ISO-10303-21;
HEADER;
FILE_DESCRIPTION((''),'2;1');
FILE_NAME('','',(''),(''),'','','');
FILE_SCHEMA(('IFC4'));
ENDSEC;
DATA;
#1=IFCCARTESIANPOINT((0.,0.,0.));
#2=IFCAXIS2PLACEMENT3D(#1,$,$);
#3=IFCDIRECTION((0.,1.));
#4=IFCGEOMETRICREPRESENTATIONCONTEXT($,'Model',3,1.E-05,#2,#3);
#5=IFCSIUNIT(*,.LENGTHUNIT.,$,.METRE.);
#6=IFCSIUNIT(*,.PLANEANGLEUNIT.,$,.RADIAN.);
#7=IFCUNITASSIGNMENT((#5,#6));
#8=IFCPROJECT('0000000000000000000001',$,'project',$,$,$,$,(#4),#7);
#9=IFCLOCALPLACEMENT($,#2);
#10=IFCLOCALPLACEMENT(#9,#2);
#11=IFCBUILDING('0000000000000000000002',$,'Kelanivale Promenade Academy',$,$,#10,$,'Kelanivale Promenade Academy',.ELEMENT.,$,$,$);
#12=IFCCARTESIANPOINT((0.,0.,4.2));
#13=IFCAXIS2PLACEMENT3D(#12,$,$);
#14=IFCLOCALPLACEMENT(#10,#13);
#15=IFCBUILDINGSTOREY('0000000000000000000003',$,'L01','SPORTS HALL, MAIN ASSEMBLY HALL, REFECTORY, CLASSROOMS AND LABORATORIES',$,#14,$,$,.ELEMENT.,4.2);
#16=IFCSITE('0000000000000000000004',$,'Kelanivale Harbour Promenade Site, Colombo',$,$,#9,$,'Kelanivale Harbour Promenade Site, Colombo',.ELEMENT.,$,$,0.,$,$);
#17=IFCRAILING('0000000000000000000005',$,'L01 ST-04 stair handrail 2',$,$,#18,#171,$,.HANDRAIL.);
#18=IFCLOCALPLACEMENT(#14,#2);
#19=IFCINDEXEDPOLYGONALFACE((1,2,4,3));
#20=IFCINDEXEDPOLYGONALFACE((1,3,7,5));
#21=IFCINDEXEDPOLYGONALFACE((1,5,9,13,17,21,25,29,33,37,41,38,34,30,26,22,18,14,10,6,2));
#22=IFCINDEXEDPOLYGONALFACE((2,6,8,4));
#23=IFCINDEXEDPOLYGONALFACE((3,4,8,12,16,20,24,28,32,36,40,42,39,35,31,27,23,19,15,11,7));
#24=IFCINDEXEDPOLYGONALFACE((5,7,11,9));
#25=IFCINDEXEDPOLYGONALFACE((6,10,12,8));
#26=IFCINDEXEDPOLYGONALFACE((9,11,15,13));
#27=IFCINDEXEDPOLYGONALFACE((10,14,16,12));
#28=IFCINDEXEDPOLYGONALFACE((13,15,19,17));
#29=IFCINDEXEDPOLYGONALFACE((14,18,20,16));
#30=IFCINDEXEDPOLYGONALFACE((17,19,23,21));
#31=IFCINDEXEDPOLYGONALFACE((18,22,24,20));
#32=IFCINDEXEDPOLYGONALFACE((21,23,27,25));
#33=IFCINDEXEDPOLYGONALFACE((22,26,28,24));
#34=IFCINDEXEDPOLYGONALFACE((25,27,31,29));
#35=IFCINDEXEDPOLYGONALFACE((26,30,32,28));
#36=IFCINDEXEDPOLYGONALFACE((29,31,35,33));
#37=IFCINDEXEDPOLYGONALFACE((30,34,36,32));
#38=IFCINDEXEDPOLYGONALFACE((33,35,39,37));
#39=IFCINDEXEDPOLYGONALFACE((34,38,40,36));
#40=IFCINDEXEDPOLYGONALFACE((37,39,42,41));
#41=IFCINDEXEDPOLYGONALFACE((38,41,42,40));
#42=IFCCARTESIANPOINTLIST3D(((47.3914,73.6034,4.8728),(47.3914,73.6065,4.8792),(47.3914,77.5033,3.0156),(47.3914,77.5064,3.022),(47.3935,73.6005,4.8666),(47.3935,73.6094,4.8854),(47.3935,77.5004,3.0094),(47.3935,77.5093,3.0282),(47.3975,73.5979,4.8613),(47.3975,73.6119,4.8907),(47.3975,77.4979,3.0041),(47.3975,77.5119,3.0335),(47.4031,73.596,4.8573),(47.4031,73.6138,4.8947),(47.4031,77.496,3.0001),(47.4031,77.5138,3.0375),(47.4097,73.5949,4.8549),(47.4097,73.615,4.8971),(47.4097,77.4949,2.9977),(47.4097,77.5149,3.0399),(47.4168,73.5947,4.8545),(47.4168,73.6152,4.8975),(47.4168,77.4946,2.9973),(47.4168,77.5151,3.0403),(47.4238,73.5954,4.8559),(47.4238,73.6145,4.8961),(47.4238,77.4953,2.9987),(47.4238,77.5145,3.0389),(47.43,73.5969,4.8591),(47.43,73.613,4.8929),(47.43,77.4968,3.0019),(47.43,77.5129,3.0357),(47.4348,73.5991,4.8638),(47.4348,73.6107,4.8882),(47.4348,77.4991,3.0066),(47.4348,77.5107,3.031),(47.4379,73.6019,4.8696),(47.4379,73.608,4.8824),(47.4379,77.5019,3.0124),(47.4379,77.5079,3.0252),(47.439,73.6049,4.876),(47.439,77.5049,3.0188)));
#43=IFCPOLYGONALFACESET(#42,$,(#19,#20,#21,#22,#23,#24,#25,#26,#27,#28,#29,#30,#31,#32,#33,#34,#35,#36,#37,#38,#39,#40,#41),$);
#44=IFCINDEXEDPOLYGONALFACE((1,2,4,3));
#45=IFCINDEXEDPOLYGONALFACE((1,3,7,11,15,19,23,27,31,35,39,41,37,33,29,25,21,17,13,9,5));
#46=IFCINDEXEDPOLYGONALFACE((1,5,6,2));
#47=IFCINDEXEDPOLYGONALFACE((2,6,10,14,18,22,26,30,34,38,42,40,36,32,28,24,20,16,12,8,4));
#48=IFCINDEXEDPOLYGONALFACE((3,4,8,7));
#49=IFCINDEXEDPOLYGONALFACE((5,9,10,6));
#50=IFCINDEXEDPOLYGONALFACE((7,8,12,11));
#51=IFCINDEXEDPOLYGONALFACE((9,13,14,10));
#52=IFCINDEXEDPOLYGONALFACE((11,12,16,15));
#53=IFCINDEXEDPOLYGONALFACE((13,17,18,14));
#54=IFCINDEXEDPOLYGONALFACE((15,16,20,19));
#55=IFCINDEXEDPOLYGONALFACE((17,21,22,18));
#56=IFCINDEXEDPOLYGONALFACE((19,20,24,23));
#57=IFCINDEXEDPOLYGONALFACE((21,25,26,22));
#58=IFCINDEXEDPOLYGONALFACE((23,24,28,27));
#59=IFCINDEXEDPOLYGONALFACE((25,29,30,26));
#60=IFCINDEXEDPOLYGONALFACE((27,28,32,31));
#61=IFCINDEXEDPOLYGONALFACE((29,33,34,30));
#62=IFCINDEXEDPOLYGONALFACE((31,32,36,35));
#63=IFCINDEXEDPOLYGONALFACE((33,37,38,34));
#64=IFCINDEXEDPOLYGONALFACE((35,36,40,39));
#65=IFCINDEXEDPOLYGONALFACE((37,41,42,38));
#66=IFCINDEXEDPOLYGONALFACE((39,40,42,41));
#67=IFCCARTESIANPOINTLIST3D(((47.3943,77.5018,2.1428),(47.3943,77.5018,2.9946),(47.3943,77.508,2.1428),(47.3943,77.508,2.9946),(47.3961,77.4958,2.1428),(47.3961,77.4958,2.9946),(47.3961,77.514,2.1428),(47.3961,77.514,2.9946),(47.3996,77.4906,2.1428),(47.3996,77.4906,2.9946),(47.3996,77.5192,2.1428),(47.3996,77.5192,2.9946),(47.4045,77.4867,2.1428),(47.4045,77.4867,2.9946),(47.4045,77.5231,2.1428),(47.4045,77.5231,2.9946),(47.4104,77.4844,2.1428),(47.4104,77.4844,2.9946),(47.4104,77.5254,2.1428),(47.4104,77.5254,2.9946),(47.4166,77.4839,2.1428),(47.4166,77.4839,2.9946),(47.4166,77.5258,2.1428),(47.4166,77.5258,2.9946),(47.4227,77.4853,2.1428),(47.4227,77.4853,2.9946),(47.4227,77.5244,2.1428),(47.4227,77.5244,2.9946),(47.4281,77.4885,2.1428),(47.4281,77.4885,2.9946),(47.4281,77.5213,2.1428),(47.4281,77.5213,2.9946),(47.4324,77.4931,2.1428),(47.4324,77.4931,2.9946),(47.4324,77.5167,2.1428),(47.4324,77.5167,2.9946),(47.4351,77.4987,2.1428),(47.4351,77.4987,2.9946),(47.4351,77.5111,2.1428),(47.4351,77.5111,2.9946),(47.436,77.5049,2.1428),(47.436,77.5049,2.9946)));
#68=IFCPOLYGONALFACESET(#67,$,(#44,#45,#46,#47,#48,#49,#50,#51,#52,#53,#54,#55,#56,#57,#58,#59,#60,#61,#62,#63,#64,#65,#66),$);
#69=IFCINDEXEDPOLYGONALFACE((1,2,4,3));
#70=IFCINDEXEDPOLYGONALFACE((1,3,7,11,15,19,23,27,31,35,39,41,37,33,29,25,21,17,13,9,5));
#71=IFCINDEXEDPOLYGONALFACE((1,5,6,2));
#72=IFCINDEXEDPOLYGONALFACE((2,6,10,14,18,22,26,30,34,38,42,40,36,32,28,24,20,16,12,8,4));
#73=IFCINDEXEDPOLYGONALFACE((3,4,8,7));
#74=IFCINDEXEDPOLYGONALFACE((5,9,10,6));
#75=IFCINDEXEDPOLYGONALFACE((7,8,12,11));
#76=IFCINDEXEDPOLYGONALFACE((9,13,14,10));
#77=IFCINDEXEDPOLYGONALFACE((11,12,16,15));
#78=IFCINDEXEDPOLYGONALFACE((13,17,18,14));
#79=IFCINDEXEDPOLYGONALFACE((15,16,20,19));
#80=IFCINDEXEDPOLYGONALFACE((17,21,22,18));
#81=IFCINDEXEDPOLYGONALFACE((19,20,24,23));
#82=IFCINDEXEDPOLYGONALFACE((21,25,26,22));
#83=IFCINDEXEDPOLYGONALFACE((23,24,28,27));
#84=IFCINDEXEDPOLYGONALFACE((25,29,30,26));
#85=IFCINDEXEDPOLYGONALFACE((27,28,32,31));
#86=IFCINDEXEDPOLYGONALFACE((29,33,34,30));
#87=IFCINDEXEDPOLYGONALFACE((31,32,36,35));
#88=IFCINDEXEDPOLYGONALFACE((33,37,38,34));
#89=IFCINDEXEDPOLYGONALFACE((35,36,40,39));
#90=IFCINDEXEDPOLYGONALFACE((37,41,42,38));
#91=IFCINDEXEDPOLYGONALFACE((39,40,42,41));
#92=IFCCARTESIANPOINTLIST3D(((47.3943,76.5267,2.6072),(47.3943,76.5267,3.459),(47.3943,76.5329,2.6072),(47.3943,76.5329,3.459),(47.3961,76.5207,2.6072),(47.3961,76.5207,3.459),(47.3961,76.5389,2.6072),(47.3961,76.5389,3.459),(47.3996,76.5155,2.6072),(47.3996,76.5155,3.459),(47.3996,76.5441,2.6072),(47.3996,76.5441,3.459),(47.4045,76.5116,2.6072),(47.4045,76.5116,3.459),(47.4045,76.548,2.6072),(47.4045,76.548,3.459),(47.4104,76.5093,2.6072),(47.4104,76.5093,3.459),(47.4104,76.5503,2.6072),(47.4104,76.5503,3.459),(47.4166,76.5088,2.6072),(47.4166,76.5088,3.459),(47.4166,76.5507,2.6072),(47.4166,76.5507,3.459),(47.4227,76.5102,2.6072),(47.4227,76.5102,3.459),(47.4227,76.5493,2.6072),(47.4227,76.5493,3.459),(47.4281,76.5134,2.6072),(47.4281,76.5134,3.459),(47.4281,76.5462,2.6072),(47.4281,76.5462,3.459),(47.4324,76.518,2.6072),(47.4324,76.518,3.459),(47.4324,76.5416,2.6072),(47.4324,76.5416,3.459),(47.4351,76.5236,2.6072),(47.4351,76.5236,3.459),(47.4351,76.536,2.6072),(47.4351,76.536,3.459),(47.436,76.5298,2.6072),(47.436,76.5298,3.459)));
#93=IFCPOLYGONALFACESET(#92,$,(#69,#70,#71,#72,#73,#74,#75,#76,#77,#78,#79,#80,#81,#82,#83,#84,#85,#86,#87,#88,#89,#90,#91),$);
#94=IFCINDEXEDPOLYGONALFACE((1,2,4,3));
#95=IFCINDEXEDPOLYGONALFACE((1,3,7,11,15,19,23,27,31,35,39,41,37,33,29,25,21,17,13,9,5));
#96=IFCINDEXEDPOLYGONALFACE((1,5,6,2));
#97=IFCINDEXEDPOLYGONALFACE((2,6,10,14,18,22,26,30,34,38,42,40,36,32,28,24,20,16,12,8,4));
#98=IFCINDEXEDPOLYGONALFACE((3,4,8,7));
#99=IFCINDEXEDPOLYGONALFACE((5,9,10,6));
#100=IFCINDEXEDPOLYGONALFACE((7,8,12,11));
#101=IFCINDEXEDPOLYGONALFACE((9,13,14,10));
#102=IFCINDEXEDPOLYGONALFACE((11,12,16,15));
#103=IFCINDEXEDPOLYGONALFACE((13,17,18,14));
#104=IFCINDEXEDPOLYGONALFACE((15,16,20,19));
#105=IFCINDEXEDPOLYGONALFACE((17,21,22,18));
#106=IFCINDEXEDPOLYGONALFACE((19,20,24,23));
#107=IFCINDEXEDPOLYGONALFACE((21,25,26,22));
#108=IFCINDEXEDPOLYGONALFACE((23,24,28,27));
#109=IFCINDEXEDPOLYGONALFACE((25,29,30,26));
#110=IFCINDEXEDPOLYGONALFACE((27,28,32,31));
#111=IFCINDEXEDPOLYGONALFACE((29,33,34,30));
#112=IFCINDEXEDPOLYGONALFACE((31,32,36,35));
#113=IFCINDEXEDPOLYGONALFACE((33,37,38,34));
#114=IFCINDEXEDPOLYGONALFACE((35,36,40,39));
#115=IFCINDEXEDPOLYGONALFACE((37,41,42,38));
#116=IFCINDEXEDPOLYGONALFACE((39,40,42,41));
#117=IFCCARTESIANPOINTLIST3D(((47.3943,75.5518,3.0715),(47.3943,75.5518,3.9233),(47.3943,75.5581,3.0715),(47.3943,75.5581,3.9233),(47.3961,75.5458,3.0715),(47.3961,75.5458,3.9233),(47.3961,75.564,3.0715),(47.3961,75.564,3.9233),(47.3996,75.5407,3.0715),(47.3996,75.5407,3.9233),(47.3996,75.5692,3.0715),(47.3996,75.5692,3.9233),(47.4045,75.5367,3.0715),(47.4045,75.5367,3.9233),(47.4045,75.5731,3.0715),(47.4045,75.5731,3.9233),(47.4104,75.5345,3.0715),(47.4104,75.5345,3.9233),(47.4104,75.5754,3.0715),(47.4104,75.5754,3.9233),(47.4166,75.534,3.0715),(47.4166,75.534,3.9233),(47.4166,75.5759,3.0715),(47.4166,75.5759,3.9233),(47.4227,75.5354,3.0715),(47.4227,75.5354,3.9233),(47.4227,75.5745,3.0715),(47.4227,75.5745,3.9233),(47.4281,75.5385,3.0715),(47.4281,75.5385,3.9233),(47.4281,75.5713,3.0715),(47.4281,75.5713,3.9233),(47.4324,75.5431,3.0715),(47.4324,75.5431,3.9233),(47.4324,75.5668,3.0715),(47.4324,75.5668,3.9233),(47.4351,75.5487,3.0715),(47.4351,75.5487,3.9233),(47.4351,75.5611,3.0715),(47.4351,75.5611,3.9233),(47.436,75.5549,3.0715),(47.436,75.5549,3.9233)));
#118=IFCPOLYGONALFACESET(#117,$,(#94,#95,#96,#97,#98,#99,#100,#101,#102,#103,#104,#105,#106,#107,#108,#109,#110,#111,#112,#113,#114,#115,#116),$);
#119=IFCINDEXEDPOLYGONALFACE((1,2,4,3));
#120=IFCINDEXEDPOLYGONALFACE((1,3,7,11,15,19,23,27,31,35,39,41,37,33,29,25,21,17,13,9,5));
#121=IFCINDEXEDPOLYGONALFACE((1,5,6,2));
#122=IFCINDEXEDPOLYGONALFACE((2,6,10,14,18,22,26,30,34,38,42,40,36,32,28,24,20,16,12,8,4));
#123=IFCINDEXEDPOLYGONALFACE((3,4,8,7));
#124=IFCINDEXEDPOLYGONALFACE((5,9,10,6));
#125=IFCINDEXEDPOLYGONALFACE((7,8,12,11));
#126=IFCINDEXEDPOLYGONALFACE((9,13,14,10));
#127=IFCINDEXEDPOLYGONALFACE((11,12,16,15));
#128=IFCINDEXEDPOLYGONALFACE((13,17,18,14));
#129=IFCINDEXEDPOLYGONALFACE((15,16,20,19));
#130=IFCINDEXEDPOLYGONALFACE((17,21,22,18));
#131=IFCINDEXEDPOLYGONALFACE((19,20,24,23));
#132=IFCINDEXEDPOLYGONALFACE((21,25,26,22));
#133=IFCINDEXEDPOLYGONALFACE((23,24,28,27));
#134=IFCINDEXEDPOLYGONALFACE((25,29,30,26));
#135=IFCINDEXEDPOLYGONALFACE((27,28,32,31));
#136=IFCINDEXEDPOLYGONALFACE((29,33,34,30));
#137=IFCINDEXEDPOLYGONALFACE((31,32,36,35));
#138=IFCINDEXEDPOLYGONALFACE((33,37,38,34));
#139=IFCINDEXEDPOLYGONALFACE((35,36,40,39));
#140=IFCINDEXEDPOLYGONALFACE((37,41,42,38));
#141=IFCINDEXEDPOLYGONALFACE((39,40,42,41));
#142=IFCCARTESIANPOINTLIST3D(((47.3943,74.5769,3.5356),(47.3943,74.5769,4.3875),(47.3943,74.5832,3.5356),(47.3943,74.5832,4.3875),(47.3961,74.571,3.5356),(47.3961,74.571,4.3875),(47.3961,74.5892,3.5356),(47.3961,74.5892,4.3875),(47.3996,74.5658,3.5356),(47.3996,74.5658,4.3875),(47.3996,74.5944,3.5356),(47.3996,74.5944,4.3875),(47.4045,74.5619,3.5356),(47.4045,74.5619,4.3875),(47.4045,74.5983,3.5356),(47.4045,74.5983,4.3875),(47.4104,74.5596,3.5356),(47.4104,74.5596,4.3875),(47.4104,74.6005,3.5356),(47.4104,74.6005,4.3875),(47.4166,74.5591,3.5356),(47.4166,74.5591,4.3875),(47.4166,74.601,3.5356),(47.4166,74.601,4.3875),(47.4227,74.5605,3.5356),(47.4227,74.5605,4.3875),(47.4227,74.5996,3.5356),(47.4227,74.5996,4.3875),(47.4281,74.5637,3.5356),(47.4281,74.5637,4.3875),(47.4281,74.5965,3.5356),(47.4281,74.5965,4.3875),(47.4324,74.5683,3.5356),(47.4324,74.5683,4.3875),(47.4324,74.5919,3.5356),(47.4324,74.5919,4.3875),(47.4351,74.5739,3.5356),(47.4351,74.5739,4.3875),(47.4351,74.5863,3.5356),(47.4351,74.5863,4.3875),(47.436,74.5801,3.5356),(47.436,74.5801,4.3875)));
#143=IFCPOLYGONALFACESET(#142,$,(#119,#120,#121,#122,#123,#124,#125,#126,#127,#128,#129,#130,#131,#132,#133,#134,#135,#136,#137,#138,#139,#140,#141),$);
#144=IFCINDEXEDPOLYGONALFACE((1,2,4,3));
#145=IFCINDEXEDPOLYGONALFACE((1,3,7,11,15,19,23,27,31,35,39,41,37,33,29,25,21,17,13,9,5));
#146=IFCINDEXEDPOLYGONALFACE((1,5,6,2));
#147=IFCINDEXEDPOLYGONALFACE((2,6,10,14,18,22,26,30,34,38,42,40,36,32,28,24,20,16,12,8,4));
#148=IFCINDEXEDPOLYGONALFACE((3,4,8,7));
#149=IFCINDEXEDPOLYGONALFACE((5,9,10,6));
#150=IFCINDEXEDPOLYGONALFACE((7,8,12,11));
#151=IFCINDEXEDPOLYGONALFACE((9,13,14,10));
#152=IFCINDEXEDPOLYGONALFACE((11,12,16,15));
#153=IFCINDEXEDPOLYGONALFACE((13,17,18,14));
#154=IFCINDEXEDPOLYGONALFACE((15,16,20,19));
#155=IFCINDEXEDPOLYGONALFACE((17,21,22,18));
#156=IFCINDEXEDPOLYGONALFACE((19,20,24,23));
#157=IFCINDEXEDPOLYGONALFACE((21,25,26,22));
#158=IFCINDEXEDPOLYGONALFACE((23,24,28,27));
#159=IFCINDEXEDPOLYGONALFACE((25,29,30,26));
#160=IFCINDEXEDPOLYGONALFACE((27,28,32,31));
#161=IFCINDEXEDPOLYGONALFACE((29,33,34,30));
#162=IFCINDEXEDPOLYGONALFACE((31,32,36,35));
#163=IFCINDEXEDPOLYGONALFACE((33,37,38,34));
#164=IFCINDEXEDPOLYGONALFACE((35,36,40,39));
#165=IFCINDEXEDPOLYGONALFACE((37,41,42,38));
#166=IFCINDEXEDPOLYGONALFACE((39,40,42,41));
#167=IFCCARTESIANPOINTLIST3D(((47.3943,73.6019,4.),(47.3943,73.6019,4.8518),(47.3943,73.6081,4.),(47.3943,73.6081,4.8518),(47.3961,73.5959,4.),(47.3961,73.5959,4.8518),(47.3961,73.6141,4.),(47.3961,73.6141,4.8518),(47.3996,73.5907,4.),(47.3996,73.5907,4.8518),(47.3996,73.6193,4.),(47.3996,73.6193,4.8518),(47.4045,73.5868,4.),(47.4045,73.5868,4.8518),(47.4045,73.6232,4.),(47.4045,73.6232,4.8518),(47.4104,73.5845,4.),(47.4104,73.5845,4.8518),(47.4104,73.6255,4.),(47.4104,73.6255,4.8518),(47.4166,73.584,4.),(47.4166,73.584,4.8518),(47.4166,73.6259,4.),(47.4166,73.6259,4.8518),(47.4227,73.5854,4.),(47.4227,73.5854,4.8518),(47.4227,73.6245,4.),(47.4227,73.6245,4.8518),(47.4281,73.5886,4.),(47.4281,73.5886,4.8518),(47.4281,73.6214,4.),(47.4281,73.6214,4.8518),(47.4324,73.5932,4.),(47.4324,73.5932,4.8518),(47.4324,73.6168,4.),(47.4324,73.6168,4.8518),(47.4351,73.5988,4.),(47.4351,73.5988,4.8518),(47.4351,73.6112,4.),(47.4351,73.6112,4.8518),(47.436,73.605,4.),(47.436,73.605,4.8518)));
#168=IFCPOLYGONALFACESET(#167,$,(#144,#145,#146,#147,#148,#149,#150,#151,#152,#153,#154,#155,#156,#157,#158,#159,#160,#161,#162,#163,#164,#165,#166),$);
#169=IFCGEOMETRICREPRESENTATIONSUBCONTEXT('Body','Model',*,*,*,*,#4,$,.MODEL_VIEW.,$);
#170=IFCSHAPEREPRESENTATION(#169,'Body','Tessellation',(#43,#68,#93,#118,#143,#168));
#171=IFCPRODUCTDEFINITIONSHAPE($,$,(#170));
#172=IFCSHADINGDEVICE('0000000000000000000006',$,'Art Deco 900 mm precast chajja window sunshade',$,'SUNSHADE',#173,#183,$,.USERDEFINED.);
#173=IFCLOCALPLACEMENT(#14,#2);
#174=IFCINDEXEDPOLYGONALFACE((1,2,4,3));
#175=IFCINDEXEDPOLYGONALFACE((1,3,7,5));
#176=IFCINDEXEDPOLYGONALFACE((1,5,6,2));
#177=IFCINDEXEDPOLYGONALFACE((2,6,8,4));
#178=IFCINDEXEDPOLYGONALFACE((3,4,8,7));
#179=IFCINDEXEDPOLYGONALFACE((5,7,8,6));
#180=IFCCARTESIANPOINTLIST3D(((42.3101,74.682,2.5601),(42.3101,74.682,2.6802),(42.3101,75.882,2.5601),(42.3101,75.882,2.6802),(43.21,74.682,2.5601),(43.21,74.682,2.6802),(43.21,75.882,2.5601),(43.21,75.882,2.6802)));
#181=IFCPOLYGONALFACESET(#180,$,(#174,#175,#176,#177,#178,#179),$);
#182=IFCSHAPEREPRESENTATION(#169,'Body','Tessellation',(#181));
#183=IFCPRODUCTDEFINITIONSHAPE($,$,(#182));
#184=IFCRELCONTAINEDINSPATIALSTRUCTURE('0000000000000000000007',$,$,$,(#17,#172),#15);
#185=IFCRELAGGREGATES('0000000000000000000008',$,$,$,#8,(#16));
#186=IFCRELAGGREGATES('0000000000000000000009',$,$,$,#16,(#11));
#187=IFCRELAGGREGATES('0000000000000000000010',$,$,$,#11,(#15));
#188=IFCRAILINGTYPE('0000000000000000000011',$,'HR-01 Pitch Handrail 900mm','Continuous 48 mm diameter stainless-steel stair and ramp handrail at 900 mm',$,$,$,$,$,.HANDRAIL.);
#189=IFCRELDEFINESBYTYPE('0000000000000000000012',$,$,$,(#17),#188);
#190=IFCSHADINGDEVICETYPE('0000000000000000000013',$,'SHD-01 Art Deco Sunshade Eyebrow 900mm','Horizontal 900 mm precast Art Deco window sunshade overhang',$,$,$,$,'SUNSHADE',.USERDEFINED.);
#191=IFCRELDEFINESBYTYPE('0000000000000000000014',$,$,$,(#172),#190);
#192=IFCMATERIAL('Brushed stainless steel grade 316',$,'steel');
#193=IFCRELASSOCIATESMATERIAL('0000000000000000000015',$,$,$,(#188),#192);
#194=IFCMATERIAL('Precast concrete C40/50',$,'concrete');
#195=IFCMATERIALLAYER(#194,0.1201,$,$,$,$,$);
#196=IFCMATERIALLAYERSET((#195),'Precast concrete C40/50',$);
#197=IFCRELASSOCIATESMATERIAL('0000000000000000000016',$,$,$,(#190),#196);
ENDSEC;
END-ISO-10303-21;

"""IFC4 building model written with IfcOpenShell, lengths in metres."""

from ifc_helpers import new_model, si_unit, direction, frame, origin, origin_2d, place, context, subcontext, project, spatial, rectangle, circle, extrude, material, layer, layer_set, type_object, element, save


model = new_model("IFC4")

# Units and contexts
model_context = context("Model", 3, precision=1e-05, world=origin(), true_north=direction((0.0, 1.0)))
body_context = subcontext(model_context, "Body", "Model", "MODEL_VIEW")
ifc_project = project(units=[si_unit("LENGTHUNIT", "METRE"), si_unit("PLANEANGLEUNIT", "RADIAN")], contexts=[model_context])

# Site, building, storey
site_placement = place(None, origin())
site = spatial("IfcSite", under=ifc_project, at=site_placement, Name="Kelanivale Harbour Promenade Site, Colombo", LongName="Kelanivale Harbour Promenade Site, Colombo", CompositionType="ELEMENT", RefElevation=0.0)
building_placement = place(site_placement, origin())
building = spatial("IfcBuilding", under=site, at=building_placement, Name="Kelanivale Promenade Academy", LongName="Kelanivale Promenade Academy", CompositionType="ELEMENT")
storey_placement = place(building_placement, frame((0.0, 0.0, 4.2)))
storey = spatial("IfcBuildingStorey", under=building, at=storey_placement, Name="L01", Description="SPORTS HALL, MAIN ASSEMBLY HALL, REFECTORY, CLASSROOMS AND LABORATORIES", CompositionType="ELEMENT", Elevation=4.2)

# Railing
ifc_material_1 = material(Name="Brushed stainless steel grade 316", Category="steel")
railing_type_1 = type_object("IfcRailingType", Name="HR-01 Pitch Handrail 900mm", Description="Continuous 48 mm diameter stainless-steel stair and ramp handrail at 900 mm", PredefinedType="HANDRAIL", material=ifc_material_1)
railing_1_placement = place(storey_placement, frame((47.415, 77.5049, 2.1428)))
element("IfcRailing", 1, at=railing_1_placement, inside=storey, type_object=railing_type_1, Name="L01 ST-04 stair handrail 2", PredefinedType="HANDRAIL", context=body_context, shape_type="SweptSolid", body=[
    extrude(circle(Radius=0.0239, at=origin_2d()), frame((0.0, 0.0, 0.876), z_axis=(0.0, -0.902853, 0.429949), x_axis=(1.0, 0.0, 0.0)), (0.0, 0.0, 1.0), 4.3196),
    extrude(circle(Radius=0.021, at=origin_2d()), origin(), (0.0, 0.0, 1.0), 0.8518),
    extrude(circle(Radius=0.021, at=origin_2d()), frame((0.0, -0.9751, 0.4644)), (0.0, 0.0, 1.0), 0.8518),
    extrude(circle(Radius=0.021, at=origin_2d()), frame((0.0, -1.95, 0.9287)), (0.0, 0.0, 1.0), 0.8518),
    extrude(circle(Radius=0.021, at=origin_2d()), frame((0.0, -2.9248, 1.3928)), (0.0, 0.0, 1.0), 0.8518),
    extrude(circle(Radius=0.021, at=origin_2d()), frame((0.0, -3.8999, 1.8572)), (0.0, 0.0, 1.0), 0.8518),
])

# Shading device
ifc_material_2 = material(Name="Precast concrete C40/50", Category="concrete")
ifc_layer_1 = layer(ifc_material_2, 0.1201)
ifc_layer_set_1 = layer_set([ifc_layer_1], Name="Precast concrete C40/50")
shading_device_type = type_object("IfcShadingDeviceType", Name="SHD-01 Art Deco Sunshade Eyebrow 900mm", Description="Horizontal 900 mm precast Art Deco window sunshade overhang", ElementType="SUNSHADE", PredefinedType="USERDEFINED", material=ifc_layer_set_1)
shading_device_placement = place(storey_placement, frame((42.76, 75.282, 2.5601), z_axis=(0.0, 0.0, 1.0), x_axis=(0.0, -1.0, 0.0)))
element("IfcShadingDevice", 2, at=shading_device_placement, inside=storey, type_object=shading_device_type, Name="Art Deco 900 mm precast chajja window sunshade", ObjectType="SUNSHADE", PredefinedType="USERDEFINED", context=body_context, shape_type="SweptSolid", body=[
    extrude(rectangle(XDim=1.2, YDim=0.8999, at=origin_2d()), origin(), (0.0, 0.0, 1.0), 0.1201),
])

save(model, "model.ifc")
